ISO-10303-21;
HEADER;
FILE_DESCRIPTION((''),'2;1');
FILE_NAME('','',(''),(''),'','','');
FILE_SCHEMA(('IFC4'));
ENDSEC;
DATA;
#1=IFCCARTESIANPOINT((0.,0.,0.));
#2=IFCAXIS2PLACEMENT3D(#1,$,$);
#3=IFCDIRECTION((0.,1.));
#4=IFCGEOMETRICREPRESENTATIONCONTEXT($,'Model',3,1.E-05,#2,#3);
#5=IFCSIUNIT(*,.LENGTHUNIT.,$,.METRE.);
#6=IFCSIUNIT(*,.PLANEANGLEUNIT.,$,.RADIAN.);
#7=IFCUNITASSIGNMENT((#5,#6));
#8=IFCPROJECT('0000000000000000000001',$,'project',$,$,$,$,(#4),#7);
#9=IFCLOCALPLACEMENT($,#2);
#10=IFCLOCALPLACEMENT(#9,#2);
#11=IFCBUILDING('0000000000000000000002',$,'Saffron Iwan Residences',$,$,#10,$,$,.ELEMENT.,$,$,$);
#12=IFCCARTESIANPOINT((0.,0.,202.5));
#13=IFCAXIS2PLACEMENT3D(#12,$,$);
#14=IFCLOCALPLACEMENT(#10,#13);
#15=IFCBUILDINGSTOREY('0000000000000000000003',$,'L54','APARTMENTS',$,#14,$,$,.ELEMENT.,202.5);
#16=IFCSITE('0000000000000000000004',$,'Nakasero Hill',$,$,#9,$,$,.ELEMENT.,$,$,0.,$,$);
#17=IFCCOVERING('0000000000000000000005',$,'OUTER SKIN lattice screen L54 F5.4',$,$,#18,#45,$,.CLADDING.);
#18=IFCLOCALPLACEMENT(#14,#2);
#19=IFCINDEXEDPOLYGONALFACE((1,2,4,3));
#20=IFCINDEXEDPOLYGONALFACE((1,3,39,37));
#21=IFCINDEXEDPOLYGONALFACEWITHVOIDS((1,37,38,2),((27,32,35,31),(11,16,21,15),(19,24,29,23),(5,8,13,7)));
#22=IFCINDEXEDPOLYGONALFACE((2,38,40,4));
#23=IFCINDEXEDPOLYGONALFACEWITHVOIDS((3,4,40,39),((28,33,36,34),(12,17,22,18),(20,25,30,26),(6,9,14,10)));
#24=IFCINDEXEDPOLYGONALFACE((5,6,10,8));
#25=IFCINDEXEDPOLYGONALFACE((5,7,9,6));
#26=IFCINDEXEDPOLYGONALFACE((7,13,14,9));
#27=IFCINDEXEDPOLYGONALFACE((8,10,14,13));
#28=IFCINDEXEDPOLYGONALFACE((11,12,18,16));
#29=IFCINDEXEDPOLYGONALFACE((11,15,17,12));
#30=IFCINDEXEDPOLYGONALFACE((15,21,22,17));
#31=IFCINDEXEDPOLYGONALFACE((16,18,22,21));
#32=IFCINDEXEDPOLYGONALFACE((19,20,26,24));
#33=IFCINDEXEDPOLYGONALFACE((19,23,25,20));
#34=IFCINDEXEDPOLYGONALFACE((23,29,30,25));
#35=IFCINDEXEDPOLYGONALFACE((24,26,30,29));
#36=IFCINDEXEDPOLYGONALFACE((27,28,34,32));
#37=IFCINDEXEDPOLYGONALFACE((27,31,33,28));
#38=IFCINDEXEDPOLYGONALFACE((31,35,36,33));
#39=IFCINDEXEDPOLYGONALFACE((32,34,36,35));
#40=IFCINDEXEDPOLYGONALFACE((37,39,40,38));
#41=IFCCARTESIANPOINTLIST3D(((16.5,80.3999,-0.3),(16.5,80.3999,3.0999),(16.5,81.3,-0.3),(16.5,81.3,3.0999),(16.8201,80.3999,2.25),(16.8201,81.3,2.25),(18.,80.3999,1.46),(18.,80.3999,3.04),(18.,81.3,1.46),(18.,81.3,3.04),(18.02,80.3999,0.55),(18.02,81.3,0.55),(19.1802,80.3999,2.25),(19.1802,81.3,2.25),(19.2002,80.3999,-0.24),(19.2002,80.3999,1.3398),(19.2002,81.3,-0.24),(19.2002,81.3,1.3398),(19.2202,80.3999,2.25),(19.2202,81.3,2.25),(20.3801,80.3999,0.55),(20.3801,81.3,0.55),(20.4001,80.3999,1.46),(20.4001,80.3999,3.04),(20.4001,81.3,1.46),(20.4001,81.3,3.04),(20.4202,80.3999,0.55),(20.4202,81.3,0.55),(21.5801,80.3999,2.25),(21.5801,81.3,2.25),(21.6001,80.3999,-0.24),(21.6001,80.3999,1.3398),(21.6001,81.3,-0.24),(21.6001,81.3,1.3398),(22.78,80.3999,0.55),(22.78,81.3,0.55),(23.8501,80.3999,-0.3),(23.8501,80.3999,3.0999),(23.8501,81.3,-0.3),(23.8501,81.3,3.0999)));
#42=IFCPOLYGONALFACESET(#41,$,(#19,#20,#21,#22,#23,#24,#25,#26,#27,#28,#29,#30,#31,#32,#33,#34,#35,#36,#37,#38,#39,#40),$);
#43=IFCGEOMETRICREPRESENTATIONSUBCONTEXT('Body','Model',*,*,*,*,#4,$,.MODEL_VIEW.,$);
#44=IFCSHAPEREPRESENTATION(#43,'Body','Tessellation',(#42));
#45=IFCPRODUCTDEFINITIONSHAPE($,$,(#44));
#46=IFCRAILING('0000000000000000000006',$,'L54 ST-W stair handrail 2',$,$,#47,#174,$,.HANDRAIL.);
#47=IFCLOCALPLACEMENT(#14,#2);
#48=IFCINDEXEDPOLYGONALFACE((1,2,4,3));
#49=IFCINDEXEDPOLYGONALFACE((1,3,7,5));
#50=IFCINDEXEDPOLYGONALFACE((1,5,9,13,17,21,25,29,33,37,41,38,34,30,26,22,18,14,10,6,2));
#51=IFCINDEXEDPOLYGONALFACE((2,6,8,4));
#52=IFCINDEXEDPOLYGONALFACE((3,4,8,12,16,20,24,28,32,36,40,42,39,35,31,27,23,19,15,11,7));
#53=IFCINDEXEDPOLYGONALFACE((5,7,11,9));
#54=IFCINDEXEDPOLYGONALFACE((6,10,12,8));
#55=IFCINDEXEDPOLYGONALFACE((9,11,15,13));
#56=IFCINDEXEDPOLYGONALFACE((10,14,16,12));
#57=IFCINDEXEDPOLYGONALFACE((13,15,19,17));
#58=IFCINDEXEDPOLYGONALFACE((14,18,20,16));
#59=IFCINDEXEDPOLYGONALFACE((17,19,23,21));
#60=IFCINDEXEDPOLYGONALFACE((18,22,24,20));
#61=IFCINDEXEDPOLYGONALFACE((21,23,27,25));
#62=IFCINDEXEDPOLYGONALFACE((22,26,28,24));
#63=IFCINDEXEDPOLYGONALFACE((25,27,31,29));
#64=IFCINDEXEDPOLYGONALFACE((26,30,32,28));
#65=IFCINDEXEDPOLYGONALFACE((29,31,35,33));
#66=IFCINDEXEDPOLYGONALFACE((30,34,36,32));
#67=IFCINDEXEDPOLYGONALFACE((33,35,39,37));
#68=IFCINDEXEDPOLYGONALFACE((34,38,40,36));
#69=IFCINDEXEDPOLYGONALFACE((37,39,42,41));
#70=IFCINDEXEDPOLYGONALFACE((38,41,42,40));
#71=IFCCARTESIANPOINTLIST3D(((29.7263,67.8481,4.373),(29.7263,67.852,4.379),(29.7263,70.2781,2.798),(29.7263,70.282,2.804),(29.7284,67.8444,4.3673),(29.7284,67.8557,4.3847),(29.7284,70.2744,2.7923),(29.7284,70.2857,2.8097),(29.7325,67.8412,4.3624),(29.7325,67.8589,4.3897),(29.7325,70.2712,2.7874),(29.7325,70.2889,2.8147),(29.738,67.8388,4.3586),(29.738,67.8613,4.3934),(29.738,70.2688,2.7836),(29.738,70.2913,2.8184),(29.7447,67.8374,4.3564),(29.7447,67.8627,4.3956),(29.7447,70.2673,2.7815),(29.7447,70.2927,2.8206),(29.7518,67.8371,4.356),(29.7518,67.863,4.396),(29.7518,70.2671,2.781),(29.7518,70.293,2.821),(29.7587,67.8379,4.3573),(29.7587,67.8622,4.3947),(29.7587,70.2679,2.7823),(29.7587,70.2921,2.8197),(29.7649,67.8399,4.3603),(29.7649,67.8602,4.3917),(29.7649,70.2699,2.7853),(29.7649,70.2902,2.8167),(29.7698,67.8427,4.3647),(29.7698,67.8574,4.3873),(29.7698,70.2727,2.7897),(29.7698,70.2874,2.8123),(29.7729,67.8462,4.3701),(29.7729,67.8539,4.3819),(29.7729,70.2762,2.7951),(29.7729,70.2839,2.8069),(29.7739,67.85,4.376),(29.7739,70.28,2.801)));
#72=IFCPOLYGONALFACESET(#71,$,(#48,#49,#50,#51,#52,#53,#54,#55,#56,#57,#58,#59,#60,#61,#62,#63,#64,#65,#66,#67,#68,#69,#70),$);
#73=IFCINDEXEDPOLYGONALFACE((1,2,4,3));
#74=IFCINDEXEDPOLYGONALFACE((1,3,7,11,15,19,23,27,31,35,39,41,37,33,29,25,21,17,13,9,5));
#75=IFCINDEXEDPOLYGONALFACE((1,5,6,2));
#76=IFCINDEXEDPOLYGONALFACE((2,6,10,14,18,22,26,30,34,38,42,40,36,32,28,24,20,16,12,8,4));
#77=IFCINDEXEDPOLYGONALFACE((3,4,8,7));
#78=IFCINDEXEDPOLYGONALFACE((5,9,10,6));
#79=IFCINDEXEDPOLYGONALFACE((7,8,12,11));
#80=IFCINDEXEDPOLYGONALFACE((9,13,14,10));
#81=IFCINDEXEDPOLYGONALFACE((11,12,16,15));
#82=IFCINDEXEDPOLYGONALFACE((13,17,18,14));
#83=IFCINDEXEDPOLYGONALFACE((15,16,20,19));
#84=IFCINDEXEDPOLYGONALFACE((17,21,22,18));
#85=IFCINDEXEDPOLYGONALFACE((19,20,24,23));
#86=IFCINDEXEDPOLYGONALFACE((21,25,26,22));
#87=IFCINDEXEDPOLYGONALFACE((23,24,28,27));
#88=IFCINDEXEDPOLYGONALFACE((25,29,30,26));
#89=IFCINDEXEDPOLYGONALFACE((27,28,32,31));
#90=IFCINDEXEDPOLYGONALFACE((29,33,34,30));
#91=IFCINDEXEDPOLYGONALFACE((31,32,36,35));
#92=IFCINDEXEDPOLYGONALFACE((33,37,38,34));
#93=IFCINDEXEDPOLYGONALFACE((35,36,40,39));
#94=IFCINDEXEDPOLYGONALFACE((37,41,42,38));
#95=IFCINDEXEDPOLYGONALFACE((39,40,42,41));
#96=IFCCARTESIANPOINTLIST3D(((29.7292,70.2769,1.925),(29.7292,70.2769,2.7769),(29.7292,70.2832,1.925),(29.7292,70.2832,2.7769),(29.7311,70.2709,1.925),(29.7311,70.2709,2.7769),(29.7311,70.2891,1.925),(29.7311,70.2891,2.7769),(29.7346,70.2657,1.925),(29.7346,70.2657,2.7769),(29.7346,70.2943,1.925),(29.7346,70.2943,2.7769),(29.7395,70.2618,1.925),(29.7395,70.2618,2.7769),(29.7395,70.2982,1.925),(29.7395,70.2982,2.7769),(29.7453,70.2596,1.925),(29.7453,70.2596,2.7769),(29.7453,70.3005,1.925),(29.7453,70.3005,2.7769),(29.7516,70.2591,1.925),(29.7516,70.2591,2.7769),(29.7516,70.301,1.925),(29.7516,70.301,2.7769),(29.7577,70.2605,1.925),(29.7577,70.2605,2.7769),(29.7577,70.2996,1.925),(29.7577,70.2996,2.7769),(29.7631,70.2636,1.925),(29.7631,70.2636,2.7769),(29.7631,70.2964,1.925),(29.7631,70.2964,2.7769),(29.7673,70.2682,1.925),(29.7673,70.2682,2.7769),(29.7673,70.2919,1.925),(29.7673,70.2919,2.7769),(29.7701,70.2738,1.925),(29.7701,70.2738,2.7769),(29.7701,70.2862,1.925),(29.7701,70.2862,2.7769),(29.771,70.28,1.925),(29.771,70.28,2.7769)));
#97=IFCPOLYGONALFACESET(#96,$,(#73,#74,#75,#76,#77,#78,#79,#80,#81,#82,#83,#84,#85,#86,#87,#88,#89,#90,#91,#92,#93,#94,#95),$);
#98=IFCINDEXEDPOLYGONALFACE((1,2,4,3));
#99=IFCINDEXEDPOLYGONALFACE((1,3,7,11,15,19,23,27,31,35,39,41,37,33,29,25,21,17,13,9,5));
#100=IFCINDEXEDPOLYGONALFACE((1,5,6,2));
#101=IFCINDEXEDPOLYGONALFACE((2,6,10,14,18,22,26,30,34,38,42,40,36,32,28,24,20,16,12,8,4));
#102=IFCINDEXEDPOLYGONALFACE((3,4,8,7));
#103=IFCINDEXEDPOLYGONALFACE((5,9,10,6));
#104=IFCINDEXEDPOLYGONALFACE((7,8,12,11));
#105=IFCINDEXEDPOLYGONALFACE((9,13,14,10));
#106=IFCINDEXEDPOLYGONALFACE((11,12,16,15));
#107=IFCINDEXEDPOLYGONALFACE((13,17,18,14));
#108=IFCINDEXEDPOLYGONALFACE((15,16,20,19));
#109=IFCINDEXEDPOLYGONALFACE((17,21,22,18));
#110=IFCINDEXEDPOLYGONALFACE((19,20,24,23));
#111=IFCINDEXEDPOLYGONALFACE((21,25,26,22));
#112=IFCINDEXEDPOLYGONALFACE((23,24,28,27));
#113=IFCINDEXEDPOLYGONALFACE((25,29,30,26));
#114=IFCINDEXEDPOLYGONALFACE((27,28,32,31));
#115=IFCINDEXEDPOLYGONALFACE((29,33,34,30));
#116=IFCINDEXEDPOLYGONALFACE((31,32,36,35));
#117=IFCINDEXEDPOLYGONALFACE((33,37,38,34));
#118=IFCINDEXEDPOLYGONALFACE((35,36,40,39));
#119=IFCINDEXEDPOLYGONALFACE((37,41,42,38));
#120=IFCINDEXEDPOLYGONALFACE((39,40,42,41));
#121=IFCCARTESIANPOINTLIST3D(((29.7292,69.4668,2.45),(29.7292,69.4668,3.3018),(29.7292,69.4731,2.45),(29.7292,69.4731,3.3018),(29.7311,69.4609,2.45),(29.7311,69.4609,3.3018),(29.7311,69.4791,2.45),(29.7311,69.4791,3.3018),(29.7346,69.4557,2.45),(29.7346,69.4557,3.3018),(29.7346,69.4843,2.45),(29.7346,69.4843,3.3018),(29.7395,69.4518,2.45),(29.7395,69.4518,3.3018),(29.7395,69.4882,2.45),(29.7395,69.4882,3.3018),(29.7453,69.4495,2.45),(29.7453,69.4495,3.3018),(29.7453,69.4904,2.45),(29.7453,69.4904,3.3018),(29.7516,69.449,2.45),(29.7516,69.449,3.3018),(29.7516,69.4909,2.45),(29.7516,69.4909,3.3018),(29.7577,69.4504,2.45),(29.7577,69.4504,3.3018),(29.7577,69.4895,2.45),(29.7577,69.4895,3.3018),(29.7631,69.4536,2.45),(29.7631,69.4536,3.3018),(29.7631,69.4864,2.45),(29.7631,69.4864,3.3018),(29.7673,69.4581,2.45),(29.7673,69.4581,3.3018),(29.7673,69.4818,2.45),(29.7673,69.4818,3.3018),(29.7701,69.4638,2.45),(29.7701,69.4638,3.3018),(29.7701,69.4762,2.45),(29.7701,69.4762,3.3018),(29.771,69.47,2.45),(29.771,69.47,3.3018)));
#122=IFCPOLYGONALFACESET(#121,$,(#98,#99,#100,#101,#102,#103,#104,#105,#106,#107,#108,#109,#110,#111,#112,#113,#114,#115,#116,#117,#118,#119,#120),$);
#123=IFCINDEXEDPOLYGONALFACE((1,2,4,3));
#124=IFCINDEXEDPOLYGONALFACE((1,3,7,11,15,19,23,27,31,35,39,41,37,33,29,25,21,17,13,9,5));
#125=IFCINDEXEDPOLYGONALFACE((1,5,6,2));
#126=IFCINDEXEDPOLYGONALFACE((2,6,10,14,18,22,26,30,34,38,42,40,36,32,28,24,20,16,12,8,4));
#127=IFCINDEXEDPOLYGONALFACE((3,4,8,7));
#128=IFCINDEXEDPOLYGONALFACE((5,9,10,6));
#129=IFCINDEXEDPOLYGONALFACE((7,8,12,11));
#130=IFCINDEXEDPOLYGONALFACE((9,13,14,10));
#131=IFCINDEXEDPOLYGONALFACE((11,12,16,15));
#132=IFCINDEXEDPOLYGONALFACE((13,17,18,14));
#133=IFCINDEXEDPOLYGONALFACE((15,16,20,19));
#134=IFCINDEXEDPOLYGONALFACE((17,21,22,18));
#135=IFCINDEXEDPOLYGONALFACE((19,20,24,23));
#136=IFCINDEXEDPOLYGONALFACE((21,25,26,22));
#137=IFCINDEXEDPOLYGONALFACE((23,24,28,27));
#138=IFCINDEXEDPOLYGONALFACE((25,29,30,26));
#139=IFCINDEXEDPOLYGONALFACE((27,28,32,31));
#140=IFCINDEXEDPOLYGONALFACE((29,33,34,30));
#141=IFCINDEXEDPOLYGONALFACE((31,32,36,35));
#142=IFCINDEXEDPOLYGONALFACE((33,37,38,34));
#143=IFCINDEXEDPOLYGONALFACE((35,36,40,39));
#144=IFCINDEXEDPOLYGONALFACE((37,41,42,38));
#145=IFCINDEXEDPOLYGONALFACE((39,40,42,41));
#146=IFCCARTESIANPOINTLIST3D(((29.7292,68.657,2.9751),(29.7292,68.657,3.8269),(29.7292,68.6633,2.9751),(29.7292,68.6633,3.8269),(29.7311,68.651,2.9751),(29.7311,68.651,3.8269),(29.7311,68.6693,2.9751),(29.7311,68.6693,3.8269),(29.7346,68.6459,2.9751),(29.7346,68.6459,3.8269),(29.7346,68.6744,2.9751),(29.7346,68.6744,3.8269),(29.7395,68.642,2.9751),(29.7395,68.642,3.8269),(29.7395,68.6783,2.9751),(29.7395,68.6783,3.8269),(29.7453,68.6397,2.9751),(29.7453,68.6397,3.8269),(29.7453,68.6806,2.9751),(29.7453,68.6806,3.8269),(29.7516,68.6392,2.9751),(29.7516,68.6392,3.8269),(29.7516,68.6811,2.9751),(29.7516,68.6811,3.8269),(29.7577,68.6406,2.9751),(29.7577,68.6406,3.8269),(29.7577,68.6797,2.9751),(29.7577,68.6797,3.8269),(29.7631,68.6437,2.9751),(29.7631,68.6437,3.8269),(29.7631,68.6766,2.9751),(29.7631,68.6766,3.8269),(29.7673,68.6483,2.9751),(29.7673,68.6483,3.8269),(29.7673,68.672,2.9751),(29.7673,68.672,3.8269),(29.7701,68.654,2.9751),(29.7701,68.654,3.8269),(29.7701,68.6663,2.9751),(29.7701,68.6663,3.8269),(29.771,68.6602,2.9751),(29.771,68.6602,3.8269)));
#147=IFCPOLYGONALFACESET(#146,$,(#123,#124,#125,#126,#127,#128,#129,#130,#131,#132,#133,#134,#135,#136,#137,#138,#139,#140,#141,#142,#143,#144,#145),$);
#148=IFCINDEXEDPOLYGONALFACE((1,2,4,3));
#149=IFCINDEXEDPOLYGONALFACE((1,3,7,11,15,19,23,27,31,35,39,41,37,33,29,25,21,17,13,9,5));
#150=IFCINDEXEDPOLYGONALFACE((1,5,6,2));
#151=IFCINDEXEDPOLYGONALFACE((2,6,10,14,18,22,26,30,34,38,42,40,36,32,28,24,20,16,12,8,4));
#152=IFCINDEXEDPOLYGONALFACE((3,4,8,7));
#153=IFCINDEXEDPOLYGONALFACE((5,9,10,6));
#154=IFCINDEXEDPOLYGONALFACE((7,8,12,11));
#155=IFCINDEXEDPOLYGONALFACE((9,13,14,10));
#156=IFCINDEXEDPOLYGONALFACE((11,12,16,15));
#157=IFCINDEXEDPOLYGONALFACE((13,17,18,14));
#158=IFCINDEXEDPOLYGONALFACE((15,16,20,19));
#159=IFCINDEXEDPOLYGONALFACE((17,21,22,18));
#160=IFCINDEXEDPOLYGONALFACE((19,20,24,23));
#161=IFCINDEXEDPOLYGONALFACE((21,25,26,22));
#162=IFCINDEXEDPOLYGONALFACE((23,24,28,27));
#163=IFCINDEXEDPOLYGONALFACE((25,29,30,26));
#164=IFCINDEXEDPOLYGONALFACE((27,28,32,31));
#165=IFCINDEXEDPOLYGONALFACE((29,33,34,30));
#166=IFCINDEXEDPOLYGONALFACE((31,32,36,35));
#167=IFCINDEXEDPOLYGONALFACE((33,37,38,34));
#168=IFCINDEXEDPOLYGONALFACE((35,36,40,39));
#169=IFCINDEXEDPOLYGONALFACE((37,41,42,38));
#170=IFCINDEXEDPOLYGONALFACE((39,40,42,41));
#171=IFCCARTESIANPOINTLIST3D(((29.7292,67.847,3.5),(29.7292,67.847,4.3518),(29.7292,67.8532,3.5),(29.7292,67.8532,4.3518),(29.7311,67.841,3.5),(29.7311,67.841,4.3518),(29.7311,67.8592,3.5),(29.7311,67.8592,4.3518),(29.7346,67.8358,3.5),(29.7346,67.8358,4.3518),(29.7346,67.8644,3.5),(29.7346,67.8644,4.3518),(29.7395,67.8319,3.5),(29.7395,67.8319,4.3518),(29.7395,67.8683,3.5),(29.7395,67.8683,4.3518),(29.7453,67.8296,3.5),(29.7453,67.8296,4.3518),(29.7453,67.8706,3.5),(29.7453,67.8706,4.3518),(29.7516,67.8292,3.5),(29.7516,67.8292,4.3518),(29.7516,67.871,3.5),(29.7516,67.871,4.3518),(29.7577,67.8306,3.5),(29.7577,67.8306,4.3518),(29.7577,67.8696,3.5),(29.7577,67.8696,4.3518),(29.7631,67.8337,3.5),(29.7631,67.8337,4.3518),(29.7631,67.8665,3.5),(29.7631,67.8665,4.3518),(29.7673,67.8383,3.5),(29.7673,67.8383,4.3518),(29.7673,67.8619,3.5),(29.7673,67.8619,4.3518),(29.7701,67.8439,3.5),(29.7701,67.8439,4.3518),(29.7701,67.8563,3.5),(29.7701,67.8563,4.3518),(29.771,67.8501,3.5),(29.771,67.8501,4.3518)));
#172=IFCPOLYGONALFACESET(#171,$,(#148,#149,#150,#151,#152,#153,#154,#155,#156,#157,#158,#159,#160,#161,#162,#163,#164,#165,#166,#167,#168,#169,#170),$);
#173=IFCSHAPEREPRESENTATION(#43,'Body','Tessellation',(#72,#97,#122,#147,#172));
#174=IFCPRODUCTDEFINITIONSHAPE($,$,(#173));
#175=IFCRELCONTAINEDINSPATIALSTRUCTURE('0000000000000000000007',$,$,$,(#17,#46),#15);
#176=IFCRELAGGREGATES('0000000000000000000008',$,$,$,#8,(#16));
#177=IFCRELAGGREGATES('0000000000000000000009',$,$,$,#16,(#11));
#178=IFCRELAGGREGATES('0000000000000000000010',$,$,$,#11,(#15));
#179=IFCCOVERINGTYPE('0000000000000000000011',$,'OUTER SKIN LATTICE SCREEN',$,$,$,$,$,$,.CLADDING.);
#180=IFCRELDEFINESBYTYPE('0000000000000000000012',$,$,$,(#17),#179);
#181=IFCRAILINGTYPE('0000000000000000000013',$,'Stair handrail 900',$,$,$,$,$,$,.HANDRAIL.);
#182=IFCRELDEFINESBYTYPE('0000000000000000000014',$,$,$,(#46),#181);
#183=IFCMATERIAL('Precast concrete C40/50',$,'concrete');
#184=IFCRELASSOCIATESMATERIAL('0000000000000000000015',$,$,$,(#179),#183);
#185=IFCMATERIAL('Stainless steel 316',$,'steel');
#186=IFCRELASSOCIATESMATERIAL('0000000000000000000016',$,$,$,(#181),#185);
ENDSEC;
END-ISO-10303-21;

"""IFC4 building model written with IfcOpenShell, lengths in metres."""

from ifc_helpers import new_model, si_unit, direction, frame, origin, origin_2d, place, context, subcontext, project, spatial, polyline, circle, outline, extrude, material, type_object, element, save


model = new_model("IFC4")

# Units and contexts
model_context = context("Model", 3, precision=1e-05, world=origin(), true_north=direction((0.0, 1.0)))
body_context = subcontext(model_context, "Body", "Model", "MODEL_VIEW")
ifc_project = project(units=[si_unit("LENGTHUNIT", "METRE"), si_unit("PLANEANGLEUNIT", "RADIAN")], contexts=[model_context])

# Site, building, storey
site_placement = place(None, origin())
site = spatial("IfcSite", under=ifc_project, at=site_placement, Name="Nakasero Hill", CompositionType="ELEMENT", RefElevation=0.0)
building_placement = place(site_placement, origin())
building = spatial("IfcBuilding", under=site, at=building_placement, Name="Saffron Iwan Residences", CompositionType="ELEMENT")
storey_placement = place(building_placement, frame((0.0, 0.0, 202.5)))
storey = spatial("IfcBuildingStorey", under=building, at=storey_placement, Name="L54", Description="APARTMENTS", CompositionType="ELEMENT", Elevation=202.5)

# Shared definitions
ifc_material_1 = material(Name="Stainless steel 316", Category="steel")

# Covering
ifc_material_2 = material(Name="Precast concrete C40/50", Category="concrete")
covering_type = type_object("IfcCoveringType", Name="OUTER SKIN LATTICE SCREEN", PredefinedType="CLADDING", material=ifc_material_2)
covering_placement = place(storey_placement, frame((23.8501, 80.3999, -0.3), z_axis=(0.0, 1.0, 0.0), x_axis=(-1.0, 0.0, 0.0)))
element("IfcCovering", 1, at=covering_placement, inside=storey, type_object=covering_type, Name="OUTER SKIN lattice screen L54 F5.4", PredefinedType="CLADDING", context=body_context, shape_type="SweptSolid", body=[
    extrude(outline(polyline([(0.0, 0.0), (7.3501, 0.0), (7.3501, 3.3999), (0.0, 3.3999), (0.0, 0.0)]), holes=[polyline([(1.0701, 0.8501), (2.25, 0.0601), (3.4299, 0.8501), (2.25, 1.6399), (1.0701, 0.8501)]), polyline([(3.47, 0.8501), (4.6499, 0.0601), (5.8301, 0.8501), (4.6499, 1.6399), (3.47, 0.8501)]), polyline([(2.27, 2.55), (3.45, 1.76), (4.6299, 2.55), (3.45, 3.3401), (2.27, 2.55)]), polyline([(4.6699, 2.55), (5.8501, 1.76), (7.03, 2.55), (5.8501, 3.3401), (4.6699, 2.55)])]), origin(), (0.0, 0.0, 1.0), 0.9001),
])

# Railing
railing_type_1 = type_object("IfcRailingType", Name="Stair handrail 900", PredefinedType="HANDRAIL", material=ifc_material_1)
railing_1_placement = place(storey_placement, frame((29.75, 70.28, 1.925)))
element("IfcRailing", 2, at=railing_1_placement, inside=storey, type_object=railing_type_1, Name="L54 ST-W stair handrail 2", PredefinedType="HANDRAIL", context=body_context, shape_type="SweptSolid", body=[
    extrude(circle(Radius=0.0239, at=origin_2d()), frame((0.0, 0.0, 0.876), z_axis=(0.0, -0.839154, 0.543894), x_axis=(1.0, 0.0, 0.0)), (0.0, 0.0, 1.0), 2.8958),
    extrude(circle(Radius=0.021, at=origin_2d()), origin(), (0.0, 0.0, 1.0), 0.8518),
    extrude(circle(Radius=0.021, at=origin_2d()), frame((0.0, -0.8101, 0.5249)), (0.0, 0.0, 1.0), 0.8518),
    extrude(circle(Radius=0.021, at=origin_2d()), frame((0.0, -1.6199, 1.05)), (0.0, 0.0, 1.0), 0.8518),
    extrude(circle(Radius=0.021, at=origin_2d()), frame((0.0, -2.4299, 1.575)), (0.0, 0.0, 1.0), 0.8518),
])

save(model, "model.ifc")
